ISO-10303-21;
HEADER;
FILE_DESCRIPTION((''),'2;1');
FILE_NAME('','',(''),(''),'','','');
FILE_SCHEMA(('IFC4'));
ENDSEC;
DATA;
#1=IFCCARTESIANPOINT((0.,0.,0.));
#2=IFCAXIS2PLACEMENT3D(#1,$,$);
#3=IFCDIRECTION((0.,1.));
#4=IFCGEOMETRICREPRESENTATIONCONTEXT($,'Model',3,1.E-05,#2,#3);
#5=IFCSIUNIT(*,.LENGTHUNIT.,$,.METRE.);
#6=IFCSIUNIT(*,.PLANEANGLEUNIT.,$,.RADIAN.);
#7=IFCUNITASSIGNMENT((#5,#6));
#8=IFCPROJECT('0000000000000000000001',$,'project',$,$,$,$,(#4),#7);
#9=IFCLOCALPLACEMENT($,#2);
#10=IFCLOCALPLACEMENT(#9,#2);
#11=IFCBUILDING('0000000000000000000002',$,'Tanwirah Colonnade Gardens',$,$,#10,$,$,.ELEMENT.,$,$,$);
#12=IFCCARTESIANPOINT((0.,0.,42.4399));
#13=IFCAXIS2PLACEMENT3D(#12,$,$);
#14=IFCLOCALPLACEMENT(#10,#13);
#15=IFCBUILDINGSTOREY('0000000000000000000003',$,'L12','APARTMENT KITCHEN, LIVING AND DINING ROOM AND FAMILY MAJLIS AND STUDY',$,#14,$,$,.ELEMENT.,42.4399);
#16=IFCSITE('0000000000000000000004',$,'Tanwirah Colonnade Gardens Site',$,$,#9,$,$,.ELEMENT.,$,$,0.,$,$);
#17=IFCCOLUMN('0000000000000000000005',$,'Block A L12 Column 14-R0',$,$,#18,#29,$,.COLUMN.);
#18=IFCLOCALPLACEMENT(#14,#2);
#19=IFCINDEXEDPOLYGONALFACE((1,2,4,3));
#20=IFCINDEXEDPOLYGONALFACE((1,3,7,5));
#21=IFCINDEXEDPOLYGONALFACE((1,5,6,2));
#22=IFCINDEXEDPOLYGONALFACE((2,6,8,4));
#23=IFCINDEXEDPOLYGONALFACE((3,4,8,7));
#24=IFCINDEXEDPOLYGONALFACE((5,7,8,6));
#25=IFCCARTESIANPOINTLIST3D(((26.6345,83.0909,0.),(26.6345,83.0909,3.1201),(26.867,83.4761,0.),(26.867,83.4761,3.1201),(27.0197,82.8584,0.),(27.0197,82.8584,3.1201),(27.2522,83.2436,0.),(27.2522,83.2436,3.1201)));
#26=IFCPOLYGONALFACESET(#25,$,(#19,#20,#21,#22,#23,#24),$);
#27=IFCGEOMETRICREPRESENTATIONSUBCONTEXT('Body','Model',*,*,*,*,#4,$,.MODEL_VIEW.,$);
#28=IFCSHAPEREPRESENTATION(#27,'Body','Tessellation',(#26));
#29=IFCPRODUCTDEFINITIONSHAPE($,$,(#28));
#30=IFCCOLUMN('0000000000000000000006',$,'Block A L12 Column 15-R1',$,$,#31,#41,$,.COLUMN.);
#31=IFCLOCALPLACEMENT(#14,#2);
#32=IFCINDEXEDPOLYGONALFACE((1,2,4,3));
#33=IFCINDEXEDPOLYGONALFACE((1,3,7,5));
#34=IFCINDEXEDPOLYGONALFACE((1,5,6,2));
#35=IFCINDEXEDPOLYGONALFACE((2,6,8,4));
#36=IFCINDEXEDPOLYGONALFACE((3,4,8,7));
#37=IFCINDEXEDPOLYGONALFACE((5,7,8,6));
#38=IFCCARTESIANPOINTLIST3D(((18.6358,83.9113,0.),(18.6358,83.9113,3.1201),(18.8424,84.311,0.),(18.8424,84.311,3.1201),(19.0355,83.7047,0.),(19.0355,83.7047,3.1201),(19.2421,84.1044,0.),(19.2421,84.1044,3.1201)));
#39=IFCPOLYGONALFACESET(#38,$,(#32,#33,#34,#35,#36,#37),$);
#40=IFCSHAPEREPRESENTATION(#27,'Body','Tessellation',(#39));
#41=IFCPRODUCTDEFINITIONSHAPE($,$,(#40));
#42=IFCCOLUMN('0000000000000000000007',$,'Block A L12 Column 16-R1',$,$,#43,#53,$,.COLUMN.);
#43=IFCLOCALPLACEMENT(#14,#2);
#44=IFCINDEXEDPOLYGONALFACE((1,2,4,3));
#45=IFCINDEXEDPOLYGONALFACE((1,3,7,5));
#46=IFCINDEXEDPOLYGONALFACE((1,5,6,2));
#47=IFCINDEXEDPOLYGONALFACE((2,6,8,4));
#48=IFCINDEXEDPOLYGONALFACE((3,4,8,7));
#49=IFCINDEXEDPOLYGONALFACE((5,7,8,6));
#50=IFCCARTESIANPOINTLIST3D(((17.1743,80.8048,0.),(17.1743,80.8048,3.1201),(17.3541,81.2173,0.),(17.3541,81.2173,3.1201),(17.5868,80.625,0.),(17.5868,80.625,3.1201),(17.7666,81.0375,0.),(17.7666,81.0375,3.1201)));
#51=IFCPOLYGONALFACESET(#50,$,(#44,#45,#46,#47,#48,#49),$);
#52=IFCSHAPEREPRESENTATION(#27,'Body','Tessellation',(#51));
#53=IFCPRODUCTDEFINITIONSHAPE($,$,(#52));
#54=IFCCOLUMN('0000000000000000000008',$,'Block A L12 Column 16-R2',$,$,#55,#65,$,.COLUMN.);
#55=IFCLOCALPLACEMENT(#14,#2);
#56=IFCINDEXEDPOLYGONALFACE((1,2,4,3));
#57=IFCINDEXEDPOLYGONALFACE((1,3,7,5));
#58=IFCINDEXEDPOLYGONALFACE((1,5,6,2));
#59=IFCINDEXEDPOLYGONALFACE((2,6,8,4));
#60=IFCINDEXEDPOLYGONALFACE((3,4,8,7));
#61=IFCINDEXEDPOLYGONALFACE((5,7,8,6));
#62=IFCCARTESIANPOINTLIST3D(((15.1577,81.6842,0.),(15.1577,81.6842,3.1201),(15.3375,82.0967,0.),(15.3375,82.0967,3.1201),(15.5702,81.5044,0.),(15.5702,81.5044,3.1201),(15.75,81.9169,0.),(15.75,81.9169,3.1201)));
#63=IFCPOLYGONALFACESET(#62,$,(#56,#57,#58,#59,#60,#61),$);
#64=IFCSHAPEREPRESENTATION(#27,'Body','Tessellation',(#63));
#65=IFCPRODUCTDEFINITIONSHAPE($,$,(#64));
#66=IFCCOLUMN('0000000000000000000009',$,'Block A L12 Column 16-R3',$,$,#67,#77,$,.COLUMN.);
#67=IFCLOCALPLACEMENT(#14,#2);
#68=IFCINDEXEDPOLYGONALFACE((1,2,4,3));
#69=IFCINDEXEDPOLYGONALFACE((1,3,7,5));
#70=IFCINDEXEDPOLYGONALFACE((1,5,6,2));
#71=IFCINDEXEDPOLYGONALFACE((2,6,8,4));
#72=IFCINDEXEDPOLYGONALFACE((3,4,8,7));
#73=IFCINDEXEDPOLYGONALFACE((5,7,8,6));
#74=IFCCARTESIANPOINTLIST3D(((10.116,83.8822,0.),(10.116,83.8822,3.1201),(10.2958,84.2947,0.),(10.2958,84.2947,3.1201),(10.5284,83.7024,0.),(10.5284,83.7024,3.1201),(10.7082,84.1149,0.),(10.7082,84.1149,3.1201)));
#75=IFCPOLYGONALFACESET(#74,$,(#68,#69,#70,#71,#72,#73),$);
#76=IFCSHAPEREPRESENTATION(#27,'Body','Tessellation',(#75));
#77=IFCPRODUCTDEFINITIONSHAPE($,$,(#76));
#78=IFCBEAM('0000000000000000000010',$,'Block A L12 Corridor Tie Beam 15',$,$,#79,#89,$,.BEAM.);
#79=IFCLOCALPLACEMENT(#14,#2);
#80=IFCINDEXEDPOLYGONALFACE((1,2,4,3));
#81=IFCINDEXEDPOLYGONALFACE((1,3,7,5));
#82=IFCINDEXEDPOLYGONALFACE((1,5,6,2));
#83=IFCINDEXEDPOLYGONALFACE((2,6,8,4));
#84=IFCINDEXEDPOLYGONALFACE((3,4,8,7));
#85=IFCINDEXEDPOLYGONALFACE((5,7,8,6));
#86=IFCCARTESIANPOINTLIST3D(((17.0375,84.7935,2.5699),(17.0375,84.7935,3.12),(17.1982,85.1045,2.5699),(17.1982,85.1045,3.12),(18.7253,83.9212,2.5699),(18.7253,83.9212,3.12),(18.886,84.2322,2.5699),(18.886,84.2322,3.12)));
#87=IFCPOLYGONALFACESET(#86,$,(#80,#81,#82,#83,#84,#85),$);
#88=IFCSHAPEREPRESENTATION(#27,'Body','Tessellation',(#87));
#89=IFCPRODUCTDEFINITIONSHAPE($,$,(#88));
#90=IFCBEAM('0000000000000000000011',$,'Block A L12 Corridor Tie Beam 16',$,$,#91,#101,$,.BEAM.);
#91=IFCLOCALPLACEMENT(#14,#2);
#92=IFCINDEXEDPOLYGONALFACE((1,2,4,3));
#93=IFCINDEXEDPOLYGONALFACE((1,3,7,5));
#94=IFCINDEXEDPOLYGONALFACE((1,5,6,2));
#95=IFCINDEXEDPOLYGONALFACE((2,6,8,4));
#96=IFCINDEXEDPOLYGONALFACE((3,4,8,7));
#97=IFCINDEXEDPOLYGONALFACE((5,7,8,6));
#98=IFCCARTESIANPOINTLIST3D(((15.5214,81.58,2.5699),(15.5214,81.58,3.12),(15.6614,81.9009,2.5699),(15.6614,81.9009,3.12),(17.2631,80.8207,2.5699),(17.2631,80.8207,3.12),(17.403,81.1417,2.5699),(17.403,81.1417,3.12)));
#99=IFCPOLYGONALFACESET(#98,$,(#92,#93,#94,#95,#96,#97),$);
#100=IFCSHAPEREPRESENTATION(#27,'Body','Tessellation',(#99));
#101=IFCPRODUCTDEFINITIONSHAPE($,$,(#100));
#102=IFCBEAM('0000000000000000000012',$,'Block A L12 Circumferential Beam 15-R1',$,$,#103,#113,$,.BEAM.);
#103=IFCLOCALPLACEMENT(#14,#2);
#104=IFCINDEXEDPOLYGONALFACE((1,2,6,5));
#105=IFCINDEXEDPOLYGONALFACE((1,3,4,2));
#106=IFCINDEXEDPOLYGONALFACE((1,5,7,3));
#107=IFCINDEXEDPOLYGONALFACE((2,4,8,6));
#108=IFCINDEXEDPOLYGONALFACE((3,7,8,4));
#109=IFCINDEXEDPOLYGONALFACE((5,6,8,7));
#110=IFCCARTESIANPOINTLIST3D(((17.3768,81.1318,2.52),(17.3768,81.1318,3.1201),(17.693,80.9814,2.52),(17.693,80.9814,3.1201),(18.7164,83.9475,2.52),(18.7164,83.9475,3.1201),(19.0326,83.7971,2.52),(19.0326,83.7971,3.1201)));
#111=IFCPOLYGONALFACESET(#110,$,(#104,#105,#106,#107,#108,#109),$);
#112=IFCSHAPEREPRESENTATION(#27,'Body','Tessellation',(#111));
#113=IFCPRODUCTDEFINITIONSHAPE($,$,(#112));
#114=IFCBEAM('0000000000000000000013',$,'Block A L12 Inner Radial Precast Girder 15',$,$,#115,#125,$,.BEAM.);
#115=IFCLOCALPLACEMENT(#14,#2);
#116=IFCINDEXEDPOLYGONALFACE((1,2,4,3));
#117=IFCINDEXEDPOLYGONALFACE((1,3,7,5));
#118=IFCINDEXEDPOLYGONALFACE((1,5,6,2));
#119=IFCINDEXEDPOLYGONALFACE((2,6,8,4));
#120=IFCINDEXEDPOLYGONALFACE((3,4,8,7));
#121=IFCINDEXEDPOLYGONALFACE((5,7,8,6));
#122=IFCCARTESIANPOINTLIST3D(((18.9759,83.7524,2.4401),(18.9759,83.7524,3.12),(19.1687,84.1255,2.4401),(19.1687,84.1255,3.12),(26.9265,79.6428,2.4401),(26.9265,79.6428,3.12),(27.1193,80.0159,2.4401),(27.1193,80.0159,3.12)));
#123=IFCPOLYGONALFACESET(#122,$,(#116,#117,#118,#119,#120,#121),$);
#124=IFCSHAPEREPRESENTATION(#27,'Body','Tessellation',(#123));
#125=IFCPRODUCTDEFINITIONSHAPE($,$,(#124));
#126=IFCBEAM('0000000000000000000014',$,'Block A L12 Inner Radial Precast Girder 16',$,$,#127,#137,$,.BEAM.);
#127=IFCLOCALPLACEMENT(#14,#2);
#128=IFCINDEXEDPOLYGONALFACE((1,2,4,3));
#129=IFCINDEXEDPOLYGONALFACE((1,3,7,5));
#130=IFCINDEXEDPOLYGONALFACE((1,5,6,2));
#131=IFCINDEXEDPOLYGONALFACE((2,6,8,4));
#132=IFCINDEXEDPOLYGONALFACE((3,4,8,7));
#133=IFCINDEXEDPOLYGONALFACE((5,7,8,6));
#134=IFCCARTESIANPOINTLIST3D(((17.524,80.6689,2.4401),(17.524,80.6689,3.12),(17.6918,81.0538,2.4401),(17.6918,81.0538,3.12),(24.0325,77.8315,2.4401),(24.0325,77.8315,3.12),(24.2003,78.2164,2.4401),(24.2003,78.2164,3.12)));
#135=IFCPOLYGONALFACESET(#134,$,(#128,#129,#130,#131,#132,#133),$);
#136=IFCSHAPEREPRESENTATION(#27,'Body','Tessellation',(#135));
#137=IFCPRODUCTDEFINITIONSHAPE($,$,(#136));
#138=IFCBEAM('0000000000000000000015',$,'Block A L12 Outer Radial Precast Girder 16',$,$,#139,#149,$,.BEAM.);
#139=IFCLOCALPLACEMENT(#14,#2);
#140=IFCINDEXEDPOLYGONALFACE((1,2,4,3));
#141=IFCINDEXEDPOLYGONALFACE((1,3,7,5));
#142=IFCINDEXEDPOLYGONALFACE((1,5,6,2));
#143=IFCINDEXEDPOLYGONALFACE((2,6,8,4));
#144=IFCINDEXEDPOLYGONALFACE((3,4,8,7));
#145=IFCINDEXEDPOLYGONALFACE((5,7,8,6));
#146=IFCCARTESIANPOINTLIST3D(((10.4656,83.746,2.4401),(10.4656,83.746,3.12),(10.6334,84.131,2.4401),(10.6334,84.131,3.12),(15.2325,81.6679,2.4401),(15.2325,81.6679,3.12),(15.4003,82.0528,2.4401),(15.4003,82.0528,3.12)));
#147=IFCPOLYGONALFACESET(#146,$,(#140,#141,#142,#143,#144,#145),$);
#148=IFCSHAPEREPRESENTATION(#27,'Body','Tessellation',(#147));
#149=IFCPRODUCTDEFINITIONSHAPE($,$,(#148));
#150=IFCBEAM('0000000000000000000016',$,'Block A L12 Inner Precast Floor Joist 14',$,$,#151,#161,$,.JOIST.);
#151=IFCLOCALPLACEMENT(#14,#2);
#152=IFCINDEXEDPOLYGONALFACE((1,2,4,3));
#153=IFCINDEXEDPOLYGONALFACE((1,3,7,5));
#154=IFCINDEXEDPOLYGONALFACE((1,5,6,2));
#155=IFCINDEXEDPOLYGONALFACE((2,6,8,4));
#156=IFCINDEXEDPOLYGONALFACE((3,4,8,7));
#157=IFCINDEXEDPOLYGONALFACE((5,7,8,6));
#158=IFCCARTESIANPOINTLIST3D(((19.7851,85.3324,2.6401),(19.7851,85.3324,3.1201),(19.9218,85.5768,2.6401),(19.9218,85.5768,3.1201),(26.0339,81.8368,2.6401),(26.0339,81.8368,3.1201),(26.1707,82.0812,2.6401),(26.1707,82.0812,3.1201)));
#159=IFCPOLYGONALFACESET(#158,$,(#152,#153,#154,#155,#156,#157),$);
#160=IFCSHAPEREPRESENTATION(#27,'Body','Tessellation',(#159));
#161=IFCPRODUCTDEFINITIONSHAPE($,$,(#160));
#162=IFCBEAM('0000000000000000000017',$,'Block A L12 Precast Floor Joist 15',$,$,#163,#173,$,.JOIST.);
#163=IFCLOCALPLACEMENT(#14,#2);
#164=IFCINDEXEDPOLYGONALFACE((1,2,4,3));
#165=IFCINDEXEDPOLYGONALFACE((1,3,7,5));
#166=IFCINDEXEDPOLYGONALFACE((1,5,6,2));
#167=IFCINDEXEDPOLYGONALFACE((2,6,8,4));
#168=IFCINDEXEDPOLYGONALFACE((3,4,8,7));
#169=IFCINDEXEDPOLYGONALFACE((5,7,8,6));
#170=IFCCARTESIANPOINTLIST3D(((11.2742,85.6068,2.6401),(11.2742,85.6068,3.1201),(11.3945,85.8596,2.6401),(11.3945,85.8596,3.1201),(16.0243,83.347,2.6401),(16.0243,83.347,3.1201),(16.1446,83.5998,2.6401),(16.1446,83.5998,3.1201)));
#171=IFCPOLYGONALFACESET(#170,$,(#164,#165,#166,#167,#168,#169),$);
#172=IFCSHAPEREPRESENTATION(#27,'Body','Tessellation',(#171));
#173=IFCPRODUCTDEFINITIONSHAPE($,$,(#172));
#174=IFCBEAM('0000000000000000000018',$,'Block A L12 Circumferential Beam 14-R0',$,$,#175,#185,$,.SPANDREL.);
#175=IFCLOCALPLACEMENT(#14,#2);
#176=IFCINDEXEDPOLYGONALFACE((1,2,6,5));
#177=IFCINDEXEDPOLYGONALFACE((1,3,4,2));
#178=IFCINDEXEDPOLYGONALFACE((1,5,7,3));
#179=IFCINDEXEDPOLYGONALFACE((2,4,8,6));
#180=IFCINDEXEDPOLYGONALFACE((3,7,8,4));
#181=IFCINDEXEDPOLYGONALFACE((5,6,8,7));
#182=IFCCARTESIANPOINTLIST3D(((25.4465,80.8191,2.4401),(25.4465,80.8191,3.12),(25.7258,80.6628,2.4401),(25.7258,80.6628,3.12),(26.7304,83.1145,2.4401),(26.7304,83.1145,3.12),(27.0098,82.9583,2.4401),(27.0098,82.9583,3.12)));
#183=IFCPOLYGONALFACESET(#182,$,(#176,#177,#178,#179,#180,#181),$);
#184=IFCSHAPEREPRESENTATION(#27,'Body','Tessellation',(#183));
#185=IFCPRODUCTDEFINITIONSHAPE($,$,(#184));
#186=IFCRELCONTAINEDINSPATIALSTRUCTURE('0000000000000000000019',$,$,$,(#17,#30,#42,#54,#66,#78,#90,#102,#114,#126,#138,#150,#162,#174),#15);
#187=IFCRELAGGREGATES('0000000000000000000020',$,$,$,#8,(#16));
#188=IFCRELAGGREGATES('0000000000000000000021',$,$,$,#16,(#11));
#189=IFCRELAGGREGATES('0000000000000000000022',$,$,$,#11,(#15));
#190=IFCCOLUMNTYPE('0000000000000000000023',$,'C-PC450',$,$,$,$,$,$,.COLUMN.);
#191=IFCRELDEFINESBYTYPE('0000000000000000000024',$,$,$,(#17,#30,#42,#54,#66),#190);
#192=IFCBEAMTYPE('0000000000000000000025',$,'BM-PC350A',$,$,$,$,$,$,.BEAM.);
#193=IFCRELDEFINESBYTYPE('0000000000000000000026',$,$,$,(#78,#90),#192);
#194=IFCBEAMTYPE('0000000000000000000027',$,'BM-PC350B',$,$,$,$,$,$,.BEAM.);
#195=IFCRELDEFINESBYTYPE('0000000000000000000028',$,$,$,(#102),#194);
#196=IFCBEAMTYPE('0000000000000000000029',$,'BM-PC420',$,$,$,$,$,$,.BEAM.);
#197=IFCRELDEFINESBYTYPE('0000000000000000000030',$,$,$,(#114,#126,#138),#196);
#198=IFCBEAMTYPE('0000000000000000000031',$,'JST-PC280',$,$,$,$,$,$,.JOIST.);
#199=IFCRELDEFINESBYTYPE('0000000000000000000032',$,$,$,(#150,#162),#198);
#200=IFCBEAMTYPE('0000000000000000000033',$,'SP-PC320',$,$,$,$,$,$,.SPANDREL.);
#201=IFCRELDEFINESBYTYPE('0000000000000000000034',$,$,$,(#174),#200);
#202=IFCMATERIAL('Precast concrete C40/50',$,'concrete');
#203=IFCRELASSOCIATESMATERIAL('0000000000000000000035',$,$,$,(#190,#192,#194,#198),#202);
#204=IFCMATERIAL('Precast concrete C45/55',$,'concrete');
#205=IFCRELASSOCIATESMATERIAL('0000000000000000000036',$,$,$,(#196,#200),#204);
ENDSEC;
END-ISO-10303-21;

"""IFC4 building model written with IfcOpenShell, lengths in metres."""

from ifc_helpers import new_model, si_unit, direction, frame, origin, origin_2d, place, context, subcontext, project, spatial, rectangle, extrude, material, material_profile, profile_set, type_object, element, save


model = new_model("IFC4")

# Units and contexts
model_context = context("Model", 3, precision=1e-05, world=origin(), true_north=direction((0.0, 1.0)))
body_context = subcontext(model_context, "Body", "Model", "MODEL_VIEW")
ifc_project = project(units=[si_unit("LENGTHUNIT", "METRE"), si_unit("PLANEANGLEUNIT", "RADIAN")], contexts=[model_context])

# Site, building, storey
site_placement = place(None, origin())
site = spatial("IfcSite", under=ifc_project, at=site_placement, Name="Tanwirah Colonnade Gardens Site", CompositionType="ELEMENT", RefElevation=0.0)
building_placement = place(site_placement, origin())
building = spatial("IfcBuilding", under=site, at=building_placement, Name="Tanwirah Colonnade Gardens", CompositionType="ELEMENT")
storey_placement = place(building_placement, frame((0.0, 0.0, 42.4399)))
storey = spatial("IfcBuildingStorey", under=building, at=storey_placement, Name="L12", Description="APARTMENT KITCHEN, LIVING AND DINING ROOM AND FAMILY MAJLIS AND STUDY", CompositionType="ELEMENT", Elevation=42.4399)

# Columns
ifc_material_1 = material(Name="Precast concrete C40/50", Category="concrete")
ifc_material_profile_1 = material_profile(ifc_material_1, rectangle(XDim=0.45, YDim=0.45, at=origin_2d()), Name="PC-COL 450x450")
ifc_profile_set_1 = profile_set([ifc_material_profile_1], Name="Precast concrete C40/50")
column_type = type_object("IfcColumnType", Name="C-PC450", PredefinedType="COLUMN", material=ifc_profile_set_1)
for number, where, z_axis, x_axis, name in (
    (1, (26.9434, 83.1672, 0.0), (0.0, 0.0, 1.0), (-0.856167, 0.516699, 0.0), "Block A L12 Column 14-R0"),
    (2, (18.939, 84.0078, 0.0), (0.0, 0.0, 1.0), (-0.88835, 0.459166, 0.0), "Block A L12 Column 15-R1"),
    (3, (17.4705, 80.9211, 0.0), (0.0, 0.0, 1.0), (-0.916673, 0.399638, 0.0), "Block A L12 Column 16-R1"),
    (4, (15.4539, 81.8005, 0.0), (0.0, 0.0, 1.0), (-0.916673, 0.399638, 0.0), "Block A L12 Column 16-R2"),
    (5, (10.4121, 83.9985, 0.0), (0.0, 0.0, 1.0), (-0.916673, 0.399638, 0.0), "Block A L12 Column 16-R3"),
):
    element("IfcColumn", number, at=place(storey_placement, frame(where, z_axis=z_axis, x_axis=x_axis)), inside=storey, type_object=column_type, Name=name, PredefinedType="COLUMN", context=body_context, shape_type="SweptSolid", body=[
        extrude(rectangle(XDim=0.45, YDim=0.45, at=origin_2d()), origin(), (0.0, 0.0, 1.0), 3.1201),
    ])

# Beams
ifc_material_profile_2 = material_profile(ifc_material_1, rectangle(XDim=0.3501, YDim=0.55, at=origin_2d()), Name="PC-BM 350x550")
ifc_profile_set_2 = profile_set([ifc_material_profile_2], Name="Precast concrete C40/50")
beam_type_1 = type_object("IfcBeamType", Name="BM-PC350A", PredefinedType="BEAM", material=ifc_profile_set_2)
for number, where, z_axis, x_axis, name in (
    (6, (18.8057, 84.0767, 2.845), (-0.888359, 0.45915, 0.0), (-0.45915, -0.888359, 0.0), "Block A L12 Corridor Tie Beam 15"),
    (7, (17.333, 80.9812, 2.845), (-0.916681, 0.399619, 0.0), (-0.399619, -0.916681, 0.0), "Block A L12 Corridor Tie Beam 16"),
):
    element("IfcBeam", number, at=place(storey_placement, frame(where, z_axis=z_axis, x_axis=x_axis)), inside=storey, type_object=beam_type_1, Name=name, PredefinedType="BEAM", context=body_context, shape_type="SweptSolid", body=[
        extrude(rectangle(XDim=0.3501, YDim=0.55, at=origin_2d()), origin(), (0.0, 0.0, 1.0), 1.8999),
    ])
ifc_material_profile_3 = material_profile(ifc_material_1, rectangle(XDim=0.3501, YDim=0.6001, at=origin_2d()), Name="PC-BM 350x600")
ifc_profile_set_3 = profile_set([ifc_material_profile_3], Name="Precast concrete C40/50")
beam_type_2 = type_object("IfcBeamType", Name="BM-PC350B", PredefinedType="BEAM", material=ifc_profile_set_3)
beam_1_placement = place(storey_placement, frame((18.8745, 83.8723, 2.8201), z_axis=(-0.429621, -0.90301, 0.0), x_axis=(0.90301, -0.429621, 0.0)))
element("IfcBeam", 8, at=beam_1_placement, inside=storey, type_object=beam_type_2, Name="Block A L12 Circumferential Beam 15-R1", PredefinedType="BEAM", context=body_context, shape_type="SweptSolid", body=[
    extrude(rectangle(XDim=0.3501, YDim=0.6001, at=origin_2d()), origin(), (0.0, 0.0, 1.0), 3.1182),
])
ifc_material_2 = material(Name="Precast concrete C45/55", Category="concrete")
ifc_material_profile_4 = material_profile(ifc_material_2, rectangle(XDim=0.4199, YDim=0.6799, at=origin_2d()), Name="PC-BM 420x680")
ifc_profile_set_4 = profile_set([ifc_material_profile_4], Name="Precast concrete C45/55")
beam_type_3 = type_object("IfcBeamType", Name="BM-PC420", PredefinedType="BEAM", material=ifc_profile_set_4)
beam_2_placement = place(storey_placement, frame((19.0723, 83.939, 2.78), z_axis=(0.888345, -0.459176, 0.0), x_axis=(0.459176, 0.888345, 0.0)))
element("IfcBeam", 9, at=beam_2_placement, inside=storey, type_object=beam_type_3, Name="Block A L12 Inner Radial Precast Girder 15", PredefinedType="BEAM", context=body_context, shape_type="SweptSolid", body=[
    extrude(rectangle(XDim=0.4199, YDim=0.6799, at=origin_2d()), origin(), (0.0, 0.0, 1.0), 8.95),
])
beam_3_placement = place(storey_placement, frame((17.6079, 80.8613, 2.78), z_axis=(0.916678, -0.399626, 0.0), x_axis=(0.399626, 0.916678, 0.0)))
element("IfcBeam", 10, at=beam_3_placement, inside=storey, type_object=beam_type_3, Name="Block A L12 Inner Radial Precast Girder 16", PredefinedType="BEAM", context=body_context, shape_type="SweptSolid", body=[
    extrude(rectangle(XDim=0.4199, YDim=0.6799, at=origin_2d()), origin(), (0.0, 0.0, 1.0), 7.1001),
])
beam_4_placement = place(storey_placement, frame((15.3164, 81.8604, 2.78), z_axis=(-0.916677, 0.399629, 0.0), x_axis=(-0.399629, -0.916677, 0.0)))
element("IfcBeam", 11, at=beam_4_placement, inside=storey, type_object=beam_type_3, Name="Block A L12 Outer Radial Precast Girder 16", PredefinedType="BEAM", context=body_context, shape_type="SweptSolid", body=[
    extrude(rectangle(XDim=0.4199, YDim=0.6799, at=origin_2d()), origin(), (0.0, 0.0, 1.0), 5.2002),
])
ifc_material_profile_5 = material_profile(ifc_material_1, rectangle(XDim=0.28, YDim=0.48, at=origin_2d()), Name="PC-JST 280x480")
ifc_profile_set_5 = profile_set([ifc_material_profile_5], Name="Precast concrete C40/50")
beam_type_4 = type_object("IfcBeamType", Name="JST-PC280", PredefinedType="JOIST", material=ifc_profile_set_5)
beam_5_placement = place(storey_placement, frame((26.1023, 81.959, 2.8801), z_axis=(-0.872727, 0.488209, 0.0), x_axis=(-0.488209, -0.872727, 0.0)))
element("IfcBeam", 12, at=beam_5_placement, inside=storey, type_object=beam_type_4, Name="Block A L12 Inner Precast Floor Joist 14", PredefinedType="JOIST", context=body_context, shape_type="SweptSolid", body=[
    extrude(rectangle(XDim=0.28, YDim=0.48, at=origin_2d()), origin(), (0.0, 0.0, 1.0), 7.1602),
])
beam_6_placement = place(storey_placement, frame((16.0845, 83.4734, 2.8801), z_axis=(-0.903018, 0.429602, 0.0), x_axis=(-0.429602, -0.903018, 0.0)))
element("IfcBeam", 13, at=beam_6_placement, inside=storey, type_object=beam_type_4, Name="Block A L12 Precast Floor Joist 15", PredefinedType="JOIST", context=body_context, shape_type="SweptSolid", body=[
    extrude(rectangle(XDim=0.28, YDim=0.48, at=origin_2d()), origin(), (0.0, 0.0, 1.0), 5.2603),
])
ifc_material_profile_6 = material_profile(ifc_material_2, rectangle(XDim=0.3201, YDim=0.6799, at=origin_2d()), Name="PC-SP 320x680")
ifc_profile_set_6 = profile_set([ifc_material_profile_6], Name="Precast concrete C45/55")
beam_type_5 = type_object("IfcBeamType", Name="SP-PC320", PredefinedType="SPANDREL", material=ifc_profile_set_6)
beam_7_placement = place(storey_placement, frame((26.8701, 83.0364, 2.78), z_axis=(-0.488171, -0.872748, 0.0), x_axis=(0.872748, -0.488171, 0.0)))
element("IfcBeam", 14, at=beam_7_placement, inside=storey, type_object=beam_type_5, Name="Block A L12 Circumferential Beam 14-R0", PredefinedType="SPANDREL", context=body_context, shape_type="SweptSolid", body=[
    extrude(rectangle(XDim=0.3201, YDim=0.6799, at=origin_2d()), origin(), (0.0, 0.0, 1.0), 2.6301),
])

save(model, "model.ifc")
